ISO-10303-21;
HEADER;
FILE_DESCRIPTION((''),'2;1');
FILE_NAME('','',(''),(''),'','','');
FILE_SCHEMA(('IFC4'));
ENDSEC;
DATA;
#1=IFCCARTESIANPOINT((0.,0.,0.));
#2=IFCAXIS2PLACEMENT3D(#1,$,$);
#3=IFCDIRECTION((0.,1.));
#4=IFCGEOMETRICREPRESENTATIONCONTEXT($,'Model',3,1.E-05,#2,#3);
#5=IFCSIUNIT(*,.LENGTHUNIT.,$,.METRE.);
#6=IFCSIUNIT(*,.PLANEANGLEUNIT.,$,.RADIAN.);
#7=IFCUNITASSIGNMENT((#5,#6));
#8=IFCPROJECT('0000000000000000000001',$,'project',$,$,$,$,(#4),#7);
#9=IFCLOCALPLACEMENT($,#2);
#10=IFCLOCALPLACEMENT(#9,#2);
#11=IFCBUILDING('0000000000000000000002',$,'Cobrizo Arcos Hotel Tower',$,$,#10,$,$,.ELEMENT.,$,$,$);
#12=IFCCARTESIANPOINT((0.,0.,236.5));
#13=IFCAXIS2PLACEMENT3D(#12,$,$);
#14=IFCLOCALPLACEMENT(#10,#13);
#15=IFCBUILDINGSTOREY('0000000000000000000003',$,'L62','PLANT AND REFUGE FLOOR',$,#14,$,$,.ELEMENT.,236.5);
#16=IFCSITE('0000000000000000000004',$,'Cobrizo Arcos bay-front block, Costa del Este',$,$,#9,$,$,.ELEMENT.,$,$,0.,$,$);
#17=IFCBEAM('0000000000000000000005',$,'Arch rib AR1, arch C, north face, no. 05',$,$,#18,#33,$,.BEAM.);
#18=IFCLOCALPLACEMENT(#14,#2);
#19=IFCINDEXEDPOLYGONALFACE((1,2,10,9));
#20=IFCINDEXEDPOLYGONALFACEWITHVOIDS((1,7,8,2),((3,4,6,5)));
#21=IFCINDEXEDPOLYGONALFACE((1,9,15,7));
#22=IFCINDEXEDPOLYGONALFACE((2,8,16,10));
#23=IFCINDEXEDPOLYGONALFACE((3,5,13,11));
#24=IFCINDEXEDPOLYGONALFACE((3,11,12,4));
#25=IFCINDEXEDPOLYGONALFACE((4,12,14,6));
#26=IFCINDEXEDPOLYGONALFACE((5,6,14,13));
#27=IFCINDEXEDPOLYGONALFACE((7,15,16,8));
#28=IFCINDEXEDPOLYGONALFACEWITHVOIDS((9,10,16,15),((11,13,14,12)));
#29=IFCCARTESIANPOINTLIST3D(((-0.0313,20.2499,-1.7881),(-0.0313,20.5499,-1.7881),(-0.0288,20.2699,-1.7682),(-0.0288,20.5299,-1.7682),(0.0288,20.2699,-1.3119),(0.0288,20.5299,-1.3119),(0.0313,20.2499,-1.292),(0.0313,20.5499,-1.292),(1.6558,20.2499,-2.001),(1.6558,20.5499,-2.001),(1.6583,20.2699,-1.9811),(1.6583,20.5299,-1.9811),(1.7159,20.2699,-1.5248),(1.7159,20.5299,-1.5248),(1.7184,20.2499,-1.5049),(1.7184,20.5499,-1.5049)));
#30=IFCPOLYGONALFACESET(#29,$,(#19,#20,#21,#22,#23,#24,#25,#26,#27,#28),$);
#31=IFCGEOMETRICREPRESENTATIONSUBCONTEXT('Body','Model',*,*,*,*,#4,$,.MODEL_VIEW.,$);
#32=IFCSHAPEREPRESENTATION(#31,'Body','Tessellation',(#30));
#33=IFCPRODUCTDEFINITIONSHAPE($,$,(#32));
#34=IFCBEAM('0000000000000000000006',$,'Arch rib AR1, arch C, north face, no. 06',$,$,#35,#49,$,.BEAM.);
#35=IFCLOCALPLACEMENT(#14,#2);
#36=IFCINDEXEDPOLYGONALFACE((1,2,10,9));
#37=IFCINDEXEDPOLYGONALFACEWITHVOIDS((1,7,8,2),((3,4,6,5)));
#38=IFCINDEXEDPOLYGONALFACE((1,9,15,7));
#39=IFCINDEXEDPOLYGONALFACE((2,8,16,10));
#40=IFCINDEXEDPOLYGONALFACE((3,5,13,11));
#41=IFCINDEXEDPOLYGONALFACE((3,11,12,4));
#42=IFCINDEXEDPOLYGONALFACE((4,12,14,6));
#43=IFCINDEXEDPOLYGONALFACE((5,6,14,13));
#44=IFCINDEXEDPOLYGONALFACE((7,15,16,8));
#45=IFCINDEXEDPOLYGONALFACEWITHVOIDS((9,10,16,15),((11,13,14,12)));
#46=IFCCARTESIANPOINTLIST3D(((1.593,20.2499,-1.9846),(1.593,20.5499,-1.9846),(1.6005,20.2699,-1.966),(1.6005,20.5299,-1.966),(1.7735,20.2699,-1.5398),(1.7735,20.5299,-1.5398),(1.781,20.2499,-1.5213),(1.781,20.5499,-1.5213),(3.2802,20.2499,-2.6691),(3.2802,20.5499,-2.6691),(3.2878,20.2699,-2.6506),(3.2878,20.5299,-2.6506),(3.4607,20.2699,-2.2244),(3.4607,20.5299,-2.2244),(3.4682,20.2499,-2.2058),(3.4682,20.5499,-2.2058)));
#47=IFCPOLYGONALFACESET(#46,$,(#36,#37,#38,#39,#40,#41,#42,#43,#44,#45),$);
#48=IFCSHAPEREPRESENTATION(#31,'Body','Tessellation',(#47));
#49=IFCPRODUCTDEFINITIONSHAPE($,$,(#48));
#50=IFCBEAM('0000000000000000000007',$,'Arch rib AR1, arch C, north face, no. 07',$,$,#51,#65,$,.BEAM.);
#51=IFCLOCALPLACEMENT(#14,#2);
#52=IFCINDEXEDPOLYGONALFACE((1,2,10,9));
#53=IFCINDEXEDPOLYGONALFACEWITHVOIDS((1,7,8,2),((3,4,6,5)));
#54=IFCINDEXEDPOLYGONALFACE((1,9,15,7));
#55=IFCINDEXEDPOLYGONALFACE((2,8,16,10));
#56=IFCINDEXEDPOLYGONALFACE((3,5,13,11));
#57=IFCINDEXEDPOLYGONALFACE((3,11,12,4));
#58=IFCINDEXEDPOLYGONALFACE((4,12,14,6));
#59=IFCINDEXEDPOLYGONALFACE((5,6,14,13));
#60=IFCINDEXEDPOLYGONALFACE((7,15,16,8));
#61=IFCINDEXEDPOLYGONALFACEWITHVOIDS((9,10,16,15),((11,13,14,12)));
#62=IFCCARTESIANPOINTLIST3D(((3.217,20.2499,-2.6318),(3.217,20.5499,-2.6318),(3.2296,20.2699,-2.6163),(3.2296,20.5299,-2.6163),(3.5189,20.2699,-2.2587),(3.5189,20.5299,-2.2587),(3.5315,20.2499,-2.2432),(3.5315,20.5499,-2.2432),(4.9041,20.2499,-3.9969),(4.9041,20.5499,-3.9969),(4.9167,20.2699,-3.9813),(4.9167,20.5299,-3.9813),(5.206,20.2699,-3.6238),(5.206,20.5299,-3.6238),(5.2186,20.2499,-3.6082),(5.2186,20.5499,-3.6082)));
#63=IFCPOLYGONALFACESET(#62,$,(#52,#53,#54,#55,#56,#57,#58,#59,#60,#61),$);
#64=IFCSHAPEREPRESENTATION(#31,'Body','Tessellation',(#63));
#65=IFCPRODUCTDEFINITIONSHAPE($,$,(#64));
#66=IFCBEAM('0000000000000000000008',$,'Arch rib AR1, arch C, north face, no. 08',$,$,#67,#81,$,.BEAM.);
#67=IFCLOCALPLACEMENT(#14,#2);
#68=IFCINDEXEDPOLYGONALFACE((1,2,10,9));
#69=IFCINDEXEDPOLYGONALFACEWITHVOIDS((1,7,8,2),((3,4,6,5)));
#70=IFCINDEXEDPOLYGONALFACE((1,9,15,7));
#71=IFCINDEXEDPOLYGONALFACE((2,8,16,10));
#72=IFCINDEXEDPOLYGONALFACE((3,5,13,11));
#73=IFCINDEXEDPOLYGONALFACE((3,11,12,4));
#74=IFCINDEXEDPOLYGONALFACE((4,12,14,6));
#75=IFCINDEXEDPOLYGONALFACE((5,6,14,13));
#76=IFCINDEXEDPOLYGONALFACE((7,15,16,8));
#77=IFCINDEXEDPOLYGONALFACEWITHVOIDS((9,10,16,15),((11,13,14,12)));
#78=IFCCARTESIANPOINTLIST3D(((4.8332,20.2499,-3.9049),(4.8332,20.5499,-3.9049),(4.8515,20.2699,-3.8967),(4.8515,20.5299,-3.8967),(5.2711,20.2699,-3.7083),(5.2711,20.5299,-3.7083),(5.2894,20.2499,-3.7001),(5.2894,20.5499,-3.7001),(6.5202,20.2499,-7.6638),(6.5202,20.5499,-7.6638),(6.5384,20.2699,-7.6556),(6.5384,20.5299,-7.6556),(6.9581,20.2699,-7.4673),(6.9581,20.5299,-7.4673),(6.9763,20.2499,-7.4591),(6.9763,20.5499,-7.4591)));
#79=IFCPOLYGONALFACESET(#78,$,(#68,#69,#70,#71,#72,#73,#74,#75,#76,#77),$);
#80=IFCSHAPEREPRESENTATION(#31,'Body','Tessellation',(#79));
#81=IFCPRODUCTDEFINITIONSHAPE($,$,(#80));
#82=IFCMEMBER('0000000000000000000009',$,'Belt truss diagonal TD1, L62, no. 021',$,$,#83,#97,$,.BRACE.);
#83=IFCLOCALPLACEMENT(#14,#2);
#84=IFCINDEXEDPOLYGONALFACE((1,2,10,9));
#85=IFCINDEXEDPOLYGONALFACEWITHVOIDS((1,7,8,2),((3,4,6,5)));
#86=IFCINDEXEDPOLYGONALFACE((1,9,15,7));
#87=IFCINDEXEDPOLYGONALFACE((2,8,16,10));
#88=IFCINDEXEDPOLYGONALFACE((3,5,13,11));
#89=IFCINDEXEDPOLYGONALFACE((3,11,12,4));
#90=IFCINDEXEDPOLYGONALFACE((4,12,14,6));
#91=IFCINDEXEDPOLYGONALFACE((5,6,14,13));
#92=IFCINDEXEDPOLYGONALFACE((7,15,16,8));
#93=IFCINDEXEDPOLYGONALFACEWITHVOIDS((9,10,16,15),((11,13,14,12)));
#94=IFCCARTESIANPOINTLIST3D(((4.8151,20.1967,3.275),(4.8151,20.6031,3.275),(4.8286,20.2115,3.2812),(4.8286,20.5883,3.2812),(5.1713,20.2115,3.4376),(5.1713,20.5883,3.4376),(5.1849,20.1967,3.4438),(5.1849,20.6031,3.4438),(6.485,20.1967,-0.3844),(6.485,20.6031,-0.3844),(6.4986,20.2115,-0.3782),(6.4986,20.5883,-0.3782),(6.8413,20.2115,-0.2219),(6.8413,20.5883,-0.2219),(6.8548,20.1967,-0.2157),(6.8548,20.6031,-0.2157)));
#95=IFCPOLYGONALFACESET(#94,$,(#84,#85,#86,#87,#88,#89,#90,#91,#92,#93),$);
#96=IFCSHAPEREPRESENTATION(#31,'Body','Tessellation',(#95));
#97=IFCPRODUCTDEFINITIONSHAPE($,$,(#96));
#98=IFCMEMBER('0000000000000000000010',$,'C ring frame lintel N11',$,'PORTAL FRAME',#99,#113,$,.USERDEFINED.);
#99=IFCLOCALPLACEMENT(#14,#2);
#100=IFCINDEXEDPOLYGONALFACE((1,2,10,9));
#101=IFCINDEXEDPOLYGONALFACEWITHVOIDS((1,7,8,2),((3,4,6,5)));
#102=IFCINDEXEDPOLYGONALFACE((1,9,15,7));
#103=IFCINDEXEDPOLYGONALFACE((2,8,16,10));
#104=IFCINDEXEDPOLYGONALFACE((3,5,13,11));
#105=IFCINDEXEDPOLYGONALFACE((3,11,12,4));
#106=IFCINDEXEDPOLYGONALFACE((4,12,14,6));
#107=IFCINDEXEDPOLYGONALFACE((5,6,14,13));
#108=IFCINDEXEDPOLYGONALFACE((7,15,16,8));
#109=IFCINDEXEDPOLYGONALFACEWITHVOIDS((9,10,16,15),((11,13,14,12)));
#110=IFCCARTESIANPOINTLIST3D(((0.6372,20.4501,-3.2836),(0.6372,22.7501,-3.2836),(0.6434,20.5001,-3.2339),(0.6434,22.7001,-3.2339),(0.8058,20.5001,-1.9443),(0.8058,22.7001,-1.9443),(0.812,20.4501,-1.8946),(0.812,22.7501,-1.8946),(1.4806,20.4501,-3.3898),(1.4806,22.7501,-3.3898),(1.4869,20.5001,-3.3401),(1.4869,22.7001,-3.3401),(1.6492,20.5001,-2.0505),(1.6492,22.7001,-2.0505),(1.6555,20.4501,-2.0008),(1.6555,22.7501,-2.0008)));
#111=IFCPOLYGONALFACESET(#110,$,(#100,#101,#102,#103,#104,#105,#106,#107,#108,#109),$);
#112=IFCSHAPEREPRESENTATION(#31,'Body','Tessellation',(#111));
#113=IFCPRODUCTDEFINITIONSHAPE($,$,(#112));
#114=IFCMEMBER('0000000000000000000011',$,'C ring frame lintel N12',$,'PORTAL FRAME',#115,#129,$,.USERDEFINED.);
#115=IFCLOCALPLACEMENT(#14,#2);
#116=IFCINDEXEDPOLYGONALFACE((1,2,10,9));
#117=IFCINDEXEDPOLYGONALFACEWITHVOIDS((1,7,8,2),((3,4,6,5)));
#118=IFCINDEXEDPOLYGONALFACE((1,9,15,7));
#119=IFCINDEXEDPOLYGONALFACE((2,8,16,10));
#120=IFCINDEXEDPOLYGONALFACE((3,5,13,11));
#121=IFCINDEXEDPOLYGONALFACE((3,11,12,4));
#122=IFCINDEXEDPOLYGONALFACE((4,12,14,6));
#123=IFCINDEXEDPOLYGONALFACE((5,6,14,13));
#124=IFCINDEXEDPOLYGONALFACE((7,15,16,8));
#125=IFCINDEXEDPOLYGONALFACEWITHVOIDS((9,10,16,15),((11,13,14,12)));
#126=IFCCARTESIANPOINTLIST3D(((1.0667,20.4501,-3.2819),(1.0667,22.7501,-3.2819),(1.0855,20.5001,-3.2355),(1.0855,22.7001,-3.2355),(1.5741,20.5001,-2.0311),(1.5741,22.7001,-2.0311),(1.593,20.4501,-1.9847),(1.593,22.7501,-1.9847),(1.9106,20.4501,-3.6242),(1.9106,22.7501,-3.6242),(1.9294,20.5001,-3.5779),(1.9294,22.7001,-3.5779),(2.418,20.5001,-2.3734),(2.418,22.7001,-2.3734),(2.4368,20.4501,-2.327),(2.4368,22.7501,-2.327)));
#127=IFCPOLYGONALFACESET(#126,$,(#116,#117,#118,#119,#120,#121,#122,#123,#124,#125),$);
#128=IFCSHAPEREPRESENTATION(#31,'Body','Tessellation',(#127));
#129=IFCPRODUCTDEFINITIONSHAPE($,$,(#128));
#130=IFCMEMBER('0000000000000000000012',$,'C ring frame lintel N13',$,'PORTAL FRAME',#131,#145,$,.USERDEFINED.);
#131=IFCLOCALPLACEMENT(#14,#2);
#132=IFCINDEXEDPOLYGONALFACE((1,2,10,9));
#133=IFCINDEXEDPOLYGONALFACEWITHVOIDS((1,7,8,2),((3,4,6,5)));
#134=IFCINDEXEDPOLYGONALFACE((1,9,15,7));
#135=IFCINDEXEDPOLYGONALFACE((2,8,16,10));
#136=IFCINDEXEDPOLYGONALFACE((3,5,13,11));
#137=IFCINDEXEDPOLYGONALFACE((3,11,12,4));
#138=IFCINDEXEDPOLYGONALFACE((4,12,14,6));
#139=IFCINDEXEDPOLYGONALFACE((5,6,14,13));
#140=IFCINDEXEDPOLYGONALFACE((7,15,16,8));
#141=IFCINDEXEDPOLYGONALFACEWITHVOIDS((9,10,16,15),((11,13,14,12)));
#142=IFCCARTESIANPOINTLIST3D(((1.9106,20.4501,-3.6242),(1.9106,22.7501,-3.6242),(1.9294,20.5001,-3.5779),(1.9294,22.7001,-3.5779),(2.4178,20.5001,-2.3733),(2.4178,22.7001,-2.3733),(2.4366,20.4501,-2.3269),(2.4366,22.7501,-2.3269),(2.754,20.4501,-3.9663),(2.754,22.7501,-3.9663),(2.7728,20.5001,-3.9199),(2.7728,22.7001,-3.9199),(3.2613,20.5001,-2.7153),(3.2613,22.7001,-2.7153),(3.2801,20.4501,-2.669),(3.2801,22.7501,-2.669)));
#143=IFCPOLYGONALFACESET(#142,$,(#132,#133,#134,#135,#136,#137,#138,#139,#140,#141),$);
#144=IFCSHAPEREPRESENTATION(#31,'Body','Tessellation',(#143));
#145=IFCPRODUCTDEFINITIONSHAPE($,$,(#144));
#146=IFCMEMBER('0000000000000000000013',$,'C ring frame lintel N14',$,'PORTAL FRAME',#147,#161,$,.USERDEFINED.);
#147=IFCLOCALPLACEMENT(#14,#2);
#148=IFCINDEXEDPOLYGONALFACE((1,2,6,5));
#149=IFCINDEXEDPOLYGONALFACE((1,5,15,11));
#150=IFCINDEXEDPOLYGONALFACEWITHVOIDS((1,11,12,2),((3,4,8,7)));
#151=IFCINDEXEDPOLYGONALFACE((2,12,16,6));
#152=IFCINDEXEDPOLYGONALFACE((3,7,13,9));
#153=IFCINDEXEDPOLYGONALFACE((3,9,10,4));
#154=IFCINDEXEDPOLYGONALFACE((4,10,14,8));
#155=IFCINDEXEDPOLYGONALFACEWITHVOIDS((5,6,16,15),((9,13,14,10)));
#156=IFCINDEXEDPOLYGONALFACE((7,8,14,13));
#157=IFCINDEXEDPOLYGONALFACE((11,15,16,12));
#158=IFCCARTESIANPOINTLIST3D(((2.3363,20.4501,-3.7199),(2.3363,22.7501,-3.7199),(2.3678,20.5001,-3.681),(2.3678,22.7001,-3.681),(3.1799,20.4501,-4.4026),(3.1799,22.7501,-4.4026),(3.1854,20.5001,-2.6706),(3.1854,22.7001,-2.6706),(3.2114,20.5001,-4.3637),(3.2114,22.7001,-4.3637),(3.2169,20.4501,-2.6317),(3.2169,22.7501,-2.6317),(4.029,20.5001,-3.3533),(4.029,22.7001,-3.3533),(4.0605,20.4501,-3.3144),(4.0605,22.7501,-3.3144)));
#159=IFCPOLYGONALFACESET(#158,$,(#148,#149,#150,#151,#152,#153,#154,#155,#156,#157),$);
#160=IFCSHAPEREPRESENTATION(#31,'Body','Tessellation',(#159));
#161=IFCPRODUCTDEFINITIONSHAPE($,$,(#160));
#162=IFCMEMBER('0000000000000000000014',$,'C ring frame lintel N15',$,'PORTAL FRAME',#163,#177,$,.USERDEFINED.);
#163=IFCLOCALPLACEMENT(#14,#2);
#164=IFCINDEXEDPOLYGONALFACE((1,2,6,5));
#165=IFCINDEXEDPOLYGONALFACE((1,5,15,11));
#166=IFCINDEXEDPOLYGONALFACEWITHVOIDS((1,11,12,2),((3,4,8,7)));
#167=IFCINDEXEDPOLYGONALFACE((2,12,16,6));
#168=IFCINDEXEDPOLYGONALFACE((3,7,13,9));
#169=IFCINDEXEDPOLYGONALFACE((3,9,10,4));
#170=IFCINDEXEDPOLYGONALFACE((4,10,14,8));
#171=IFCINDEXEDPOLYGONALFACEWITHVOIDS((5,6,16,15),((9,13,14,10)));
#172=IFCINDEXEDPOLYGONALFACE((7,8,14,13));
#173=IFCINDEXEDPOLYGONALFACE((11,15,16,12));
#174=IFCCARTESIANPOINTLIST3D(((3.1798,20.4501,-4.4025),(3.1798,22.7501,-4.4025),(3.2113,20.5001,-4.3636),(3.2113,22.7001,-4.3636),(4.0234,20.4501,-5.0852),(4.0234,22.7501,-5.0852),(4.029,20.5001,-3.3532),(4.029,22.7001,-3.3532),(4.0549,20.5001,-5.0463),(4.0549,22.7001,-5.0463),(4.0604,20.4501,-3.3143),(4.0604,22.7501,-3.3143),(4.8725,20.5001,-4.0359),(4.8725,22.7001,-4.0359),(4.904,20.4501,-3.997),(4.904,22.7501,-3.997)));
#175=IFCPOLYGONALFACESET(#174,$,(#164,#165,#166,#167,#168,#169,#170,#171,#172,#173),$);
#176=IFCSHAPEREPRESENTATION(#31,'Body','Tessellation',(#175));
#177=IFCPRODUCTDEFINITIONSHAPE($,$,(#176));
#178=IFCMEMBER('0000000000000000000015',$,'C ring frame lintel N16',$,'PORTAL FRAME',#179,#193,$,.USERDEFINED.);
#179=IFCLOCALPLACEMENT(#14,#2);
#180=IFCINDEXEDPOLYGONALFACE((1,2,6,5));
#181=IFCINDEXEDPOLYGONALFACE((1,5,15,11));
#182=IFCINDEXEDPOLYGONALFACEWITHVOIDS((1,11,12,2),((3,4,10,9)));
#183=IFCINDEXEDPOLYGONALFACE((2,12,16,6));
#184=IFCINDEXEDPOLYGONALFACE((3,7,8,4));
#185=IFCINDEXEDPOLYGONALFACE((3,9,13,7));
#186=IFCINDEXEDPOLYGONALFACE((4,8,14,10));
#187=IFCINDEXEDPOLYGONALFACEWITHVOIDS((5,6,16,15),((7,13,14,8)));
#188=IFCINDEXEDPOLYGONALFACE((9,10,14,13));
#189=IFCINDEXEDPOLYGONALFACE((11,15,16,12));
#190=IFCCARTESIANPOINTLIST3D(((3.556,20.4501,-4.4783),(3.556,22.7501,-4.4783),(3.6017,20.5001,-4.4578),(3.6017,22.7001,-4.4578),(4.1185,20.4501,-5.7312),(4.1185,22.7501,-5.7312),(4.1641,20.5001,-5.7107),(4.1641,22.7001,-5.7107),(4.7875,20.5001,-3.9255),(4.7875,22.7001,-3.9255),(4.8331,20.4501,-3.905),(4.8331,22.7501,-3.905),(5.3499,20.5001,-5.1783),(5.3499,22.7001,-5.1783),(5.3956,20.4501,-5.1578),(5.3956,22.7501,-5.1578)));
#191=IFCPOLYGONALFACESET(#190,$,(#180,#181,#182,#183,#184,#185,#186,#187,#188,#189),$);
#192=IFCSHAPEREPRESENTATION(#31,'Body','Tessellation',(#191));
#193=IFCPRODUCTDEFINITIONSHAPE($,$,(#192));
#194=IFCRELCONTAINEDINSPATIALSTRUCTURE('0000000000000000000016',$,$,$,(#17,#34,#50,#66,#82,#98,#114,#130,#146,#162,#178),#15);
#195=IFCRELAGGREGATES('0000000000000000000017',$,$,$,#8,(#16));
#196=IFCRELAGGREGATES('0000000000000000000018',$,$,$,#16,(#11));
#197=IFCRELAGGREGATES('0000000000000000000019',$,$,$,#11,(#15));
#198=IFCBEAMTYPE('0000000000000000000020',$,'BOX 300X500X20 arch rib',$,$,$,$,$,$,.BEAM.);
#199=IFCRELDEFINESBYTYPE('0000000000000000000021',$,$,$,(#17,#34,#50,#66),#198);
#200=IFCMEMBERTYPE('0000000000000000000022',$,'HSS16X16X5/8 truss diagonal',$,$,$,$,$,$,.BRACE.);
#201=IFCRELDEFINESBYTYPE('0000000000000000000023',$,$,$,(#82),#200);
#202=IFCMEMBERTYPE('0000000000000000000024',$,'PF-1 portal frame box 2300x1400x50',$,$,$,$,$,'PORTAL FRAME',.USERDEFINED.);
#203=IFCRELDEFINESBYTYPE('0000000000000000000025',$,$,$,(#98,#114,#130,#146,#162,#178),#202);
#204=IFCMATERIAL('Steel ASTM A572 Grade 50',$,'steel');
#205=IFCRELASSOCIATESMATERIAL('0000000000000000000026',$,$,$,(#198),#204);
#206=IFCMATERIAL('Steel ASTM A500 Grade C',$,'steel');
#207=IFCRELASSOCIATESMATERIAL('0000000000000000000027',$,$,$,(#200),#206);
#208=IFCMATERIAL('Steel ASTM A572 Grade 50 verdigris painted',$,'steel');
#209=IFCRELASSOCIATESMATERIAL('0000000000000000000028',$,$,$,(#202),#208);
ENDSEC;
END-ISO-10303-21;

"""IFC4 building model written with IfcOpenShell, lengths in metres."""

from ifc_helpers import new_model, si_unit, direction, frame, origin, origin_2d, place, context, subcontext, project, spatial, hollow_rectangle, extrude, material, material_profile, profile_set, type_object, element, save


model = new_model("IFC4")

# Units and contexts
model_context = context("Model", 3, precision=1e-05, world=origin(), true_north=direction((0.0, 1.0)))
body_context = subcontext(model_context, "Body", "Model", "MODEL_VIEW")
ifc_project = project(units=[si_unit("LENGTHUNIT", "METRE"), si_unit("PLANEANGLEUNIT", "RADIAN")], contexts=[model_context])

# Site, building, storey
site_placement = place(None, origin())
site = spatial("IfcSite", under=ifc_project, at=site_placement, Name="Cobrizo Arcos bay-front block, Costa del Este", CompositionType="ELEMENT", RefElevation=0.0)
building_placement = place(site_placement, origin())
building = spatial("IfcBuilding", under=site, at=building_placement, Name="Cobrizo Arcos Hotel Tower", CompositionType="ELEMENT")
storey_placement = place(building_placement, frame((0.0, 0.0, 236.5)))
storey = spatial("IfcBuildingStorey", under=building, at=storey_placement, Name="L62", Description="PLANT AND REFUGE FLOOR", CompositionType="ELEMENT", Elevation=236.5)

# Beams
ifc_material_1 = material(Name="Steel ASTM A572 Grade 50", Category="steel")
ifc_material_profile_1 = material_profile(ifc_material_1, hollow_rectangle(XDim=0.3, YDim=0.5, WallThickness=0.02, at=origin_2d()), Name="BOX 300X500X20")
ifc_profile_set_1 = profile_set([ifc_material_profile_1], Name="Steel ASTM A572 Grade 50")
beam_type = type_object("IfcBeamType", Name="BOX 300X500X20 arch rib", PredefinedType="BEAM", material=ifc_profile_set_1)
beam_1_placement = place(storey_placement, frame((0.0, 20.3999, -1.54), z_axis=(0.992131, 0.0, -0.125201), x_axis=(0.0, 1.0, 0.0)))
element("IfcBeam", 1, at=beam_1_placement, inside=storey, type_object=beam_type, Name="Arch rib AR1, arch C, north face, no. 05", PredefinedType="BEAM", context=body_context, shape_type="SweptSolid", body=[
    extrude(hollow_rectangle(XDim=0.3, YDim=0.5, WallThickness=0.02, at=origin_2d()), origin(), (0.0, 0.0, 1.0), 1.7004),
])
beam_2_placement = place(storey_placement, frame((1.687, 20.3999, -1.7529), z_axis=(0.926635, 0.0, -0.375963), x_axis=(0.0, 1.0, 0.0)))
element("IfcBeam", 2, at=beam_2_placement, inside=storey, type_object=beam_type, Name="Arch rib AR1, arch C, north face, no. 06", PredefinedType="BEAM", context=body_context, shape_type="SweptSolid", body=[
    extrude(hollow_rectangle(XDim=0.3, YDim=0.5, WallThickness=0.02, at=origin_2d()), origin(), (0.0, 0.0, 1.0), 1.8208),
])
beam_3_placement = place(storey_placement, frame((3.3743, 20.3999, -2.4375), z_axis=(0.777399, 0.0, -0.629007), x_axis=(0.0, 1.0, 0.0)))
element("IfcBeam", 3, at=beam_3_placement, inside=storey, type_object=beam_type, Name="Arch rib AR1, arch C, north face, no. 07", PredefinedType="BEAM", context=body_context, shape_type="SweptSolid", body=[
    extrude(hollow_rectangle(XDim=0.3, YDim=0.5, WallThickness=0.02, at=origin_2d()), origin(), (0.0, 0.0, 1.0), 2.1702),
])
beam_4_placement = place(storey_placement, frame((5.0613, 20.3999, -3.8025), z_axis=(0.409445, 0.0, -0.912335), x_axis=(0.0, 1.0, 0.0)))
element("IfcBeam", 4, at=beam_4_placement, inside=storey, type_object=beam_type, Name="Arch rib AR1, arch C, north face, no. 08", PredefinedType="BEAM", context=body_context, shape_type="SweptSolid", body=[
    extrude(hollow_rectangle(XDim=0.3, YDim=0.5, WallThickness=0.02, at=origin_2d()), origin(), (0.0, 0.0, 1.0), 4.1201),
])

# Members
ifc_material_2 = material(Name="Steel ASTM A500 Grade C", Category="steel")
ifc_material_profile_2 = material_profile(ifc_material_2, hollow_rectangle(XDim=0.4065, YDim=0.4065, WallThickness=0.0149, at=origin_2d()), Name="HSS16X16X5/8")
ifc_profile_set_2 = profile_set([ifc_material_profile_2], Name="Steel ASTM A500 Grade C")
member_type_1 = type_object("IfcMemberType", Name="HSS16X16X5/8 truss diagonal", PredefinedType="BRACE", material=ifc_profile_set_2)
member_1_placement = place(storey_placement, frame((6.6699, 20.3999, -0.3), z_axis=(-0.415151, 0.0, 0.909752), x_axis=(0.0, -1.0, 0.0)))
element("IfcMember", 5, at=member_1_placement, inside=storey, type_object=member_type_1, Name="Belt truss diagonal TD1, L62, no. 021", PredefinedType="BRACE", context=body_context, shape_type="SweptSolid", body=[
    extrude(hollow_rectangle(XDim=0.4065, YDim=0.4065, WallThickness=0.0149, at=origin_2d()), origin(), (0.0, 0.0, 1.0), 4.0225),
])
ifc_material_3 = material(Name="Steel ASTM A572 Grade 50 verdigris painted", Category="steel")
ifc_material_profile_3 = material_profile(ifc_material_3, hollow_rectangle(XDim=2.3, YDim=1.3999, WallThickness=0.05, at=origin_2d()), Name="PF-1 portal frame box 2300x1400x50")
ifc_profile_set_3 = profile_set([ifc_material_profile_3], Name="Steel ASTM A572 Grade 50 verdigris painted")
member_type_2 = type_object("IfcMemberType", Name="PF-1 portal frame box 2300x1400x50", ElementType="PORTAL FRAME", PredefinedType="USERDEFINED", material=ifc_profile_set_3)
member_2_placement = place(storey_placement, frame((0.7246, 21.6001, -2.5891), z_axis=(0.992167, 0.0, -0.124918), x_axis=(0.0, 1.0, 0.0)))
element("IfcMember", 6, at=member_2_placement, inside=storey, type_object=member_type_2, Name="C ring frame lintel N11", ObjectType="PORTAL FRAME", PredefinedType="USERDEFINED", context=body_context, shape_type="SweptSolid", body=[
    extrude(hollow_rectangle(XDim=2.3, YDim=1.3999, WallThickness=0.05, at=origin_2d()), origin(), (0.0, 0.0, 1.0), 0.8501),
])
member_3_placement = place(storey_placement, frame((1.3298, 21.6001, -2.6333), z_axis=(0.926653, 0.0, -0.375917), x_axis=(0.0, 1.0, 0.0)))
element("IfcMember", 7, at=member_3_placement, inside=storey, type_object=member_type_2, Name="C ring frame lintel N12", ObjectType="PORTAL FRAME", PredefinedType="USERDEFINED", context=body_context, shape_type="SweptSolid", body=[
    extrude(hollow_rectangle(XDim=2.3, YDim=1.3999, WallThickness=0.05, at=origin_2d()), origin(), (0.0, 0.0, 1.0), 0.9106),
])
member_4_placement = place(storey_placement, frame((2.1736, 21.6001, -2.9756), z_axis=(0.926709, 0.0, -0.37578), x_axis=(0.0, 1.0, 0.0)))
element("IfcMember", 8, at=member_4_placement, inside=storey, type_object=member_type_2, Name="C ring frame lintel N13", ObjectType="PORTAL FRAME", PredefinedType="USERDEFINED", context=body_context, shape_type="SweptSolid", body=[
    extrude(hollow_rectangle(XDim=2.3, YDim=1.3999, WallThickness=0.05, at=origin_2d()), origin(), (0.0, 0.0, 1.0), 0.9102),
])
for number, where, z_axis, x_axis, name in (
    (9, (2.7766, 21.6001, -3.1758), (0.777344, 0.0, -0.629075), (0.0, 1.0, 0.0), "C ring frame lintel N14"),
    (10, (3.6201, 21.6001, -3.8584), (0.777344, 0.0, -0.629075), (0.0, 1.0, 0.0), "C ring frame lintel N15"),
):
    element("IfcMember", number, at=place(storey_placement, frame(where, z_axis=z_axis, x_axis=x_axis)), inside=storey, type_object=member_type_2, Name=name, ObjectType="PORTAL FRAME", PredefinedType="USERDEFINED", context=body_context, shape_type="SweptSolid", body=[
        extrude(hollow_rectangle(XDim=2.3, YDim=1.3999, WallThickness=0.05, at=origin_2d()), origin(), (0.0, 0.0, 1.0), 1.0852),
    ])
for number, where, z_axis, x_axis, name in (
    (11, (4.1946, 21.6001, -4.1917), (0.409566, 0.0, -0.91228), (0.0, 1.0, 0.0), "C ring frame lintel N16"),
):
    element("IfcMember", number, at=place(storey_placement, frame(where, z_axis=z_axis, x_axis=x_axis)), inside=storey, type_object=member_type_2, Name=name, ObjectType="PORTAL FRAME", PredefinedType="USERDEFINED", context=body_context, shape_type="SweptSolid", body=[
        extrude(hollow_rectangle(XDim=2.3, YDim=1.3999, WallThickness=0.05, at=origin_2d()), origin(), (0.0, 0.0, 1.0), 1.3733),
    ])

save(model, "model.ifc")
